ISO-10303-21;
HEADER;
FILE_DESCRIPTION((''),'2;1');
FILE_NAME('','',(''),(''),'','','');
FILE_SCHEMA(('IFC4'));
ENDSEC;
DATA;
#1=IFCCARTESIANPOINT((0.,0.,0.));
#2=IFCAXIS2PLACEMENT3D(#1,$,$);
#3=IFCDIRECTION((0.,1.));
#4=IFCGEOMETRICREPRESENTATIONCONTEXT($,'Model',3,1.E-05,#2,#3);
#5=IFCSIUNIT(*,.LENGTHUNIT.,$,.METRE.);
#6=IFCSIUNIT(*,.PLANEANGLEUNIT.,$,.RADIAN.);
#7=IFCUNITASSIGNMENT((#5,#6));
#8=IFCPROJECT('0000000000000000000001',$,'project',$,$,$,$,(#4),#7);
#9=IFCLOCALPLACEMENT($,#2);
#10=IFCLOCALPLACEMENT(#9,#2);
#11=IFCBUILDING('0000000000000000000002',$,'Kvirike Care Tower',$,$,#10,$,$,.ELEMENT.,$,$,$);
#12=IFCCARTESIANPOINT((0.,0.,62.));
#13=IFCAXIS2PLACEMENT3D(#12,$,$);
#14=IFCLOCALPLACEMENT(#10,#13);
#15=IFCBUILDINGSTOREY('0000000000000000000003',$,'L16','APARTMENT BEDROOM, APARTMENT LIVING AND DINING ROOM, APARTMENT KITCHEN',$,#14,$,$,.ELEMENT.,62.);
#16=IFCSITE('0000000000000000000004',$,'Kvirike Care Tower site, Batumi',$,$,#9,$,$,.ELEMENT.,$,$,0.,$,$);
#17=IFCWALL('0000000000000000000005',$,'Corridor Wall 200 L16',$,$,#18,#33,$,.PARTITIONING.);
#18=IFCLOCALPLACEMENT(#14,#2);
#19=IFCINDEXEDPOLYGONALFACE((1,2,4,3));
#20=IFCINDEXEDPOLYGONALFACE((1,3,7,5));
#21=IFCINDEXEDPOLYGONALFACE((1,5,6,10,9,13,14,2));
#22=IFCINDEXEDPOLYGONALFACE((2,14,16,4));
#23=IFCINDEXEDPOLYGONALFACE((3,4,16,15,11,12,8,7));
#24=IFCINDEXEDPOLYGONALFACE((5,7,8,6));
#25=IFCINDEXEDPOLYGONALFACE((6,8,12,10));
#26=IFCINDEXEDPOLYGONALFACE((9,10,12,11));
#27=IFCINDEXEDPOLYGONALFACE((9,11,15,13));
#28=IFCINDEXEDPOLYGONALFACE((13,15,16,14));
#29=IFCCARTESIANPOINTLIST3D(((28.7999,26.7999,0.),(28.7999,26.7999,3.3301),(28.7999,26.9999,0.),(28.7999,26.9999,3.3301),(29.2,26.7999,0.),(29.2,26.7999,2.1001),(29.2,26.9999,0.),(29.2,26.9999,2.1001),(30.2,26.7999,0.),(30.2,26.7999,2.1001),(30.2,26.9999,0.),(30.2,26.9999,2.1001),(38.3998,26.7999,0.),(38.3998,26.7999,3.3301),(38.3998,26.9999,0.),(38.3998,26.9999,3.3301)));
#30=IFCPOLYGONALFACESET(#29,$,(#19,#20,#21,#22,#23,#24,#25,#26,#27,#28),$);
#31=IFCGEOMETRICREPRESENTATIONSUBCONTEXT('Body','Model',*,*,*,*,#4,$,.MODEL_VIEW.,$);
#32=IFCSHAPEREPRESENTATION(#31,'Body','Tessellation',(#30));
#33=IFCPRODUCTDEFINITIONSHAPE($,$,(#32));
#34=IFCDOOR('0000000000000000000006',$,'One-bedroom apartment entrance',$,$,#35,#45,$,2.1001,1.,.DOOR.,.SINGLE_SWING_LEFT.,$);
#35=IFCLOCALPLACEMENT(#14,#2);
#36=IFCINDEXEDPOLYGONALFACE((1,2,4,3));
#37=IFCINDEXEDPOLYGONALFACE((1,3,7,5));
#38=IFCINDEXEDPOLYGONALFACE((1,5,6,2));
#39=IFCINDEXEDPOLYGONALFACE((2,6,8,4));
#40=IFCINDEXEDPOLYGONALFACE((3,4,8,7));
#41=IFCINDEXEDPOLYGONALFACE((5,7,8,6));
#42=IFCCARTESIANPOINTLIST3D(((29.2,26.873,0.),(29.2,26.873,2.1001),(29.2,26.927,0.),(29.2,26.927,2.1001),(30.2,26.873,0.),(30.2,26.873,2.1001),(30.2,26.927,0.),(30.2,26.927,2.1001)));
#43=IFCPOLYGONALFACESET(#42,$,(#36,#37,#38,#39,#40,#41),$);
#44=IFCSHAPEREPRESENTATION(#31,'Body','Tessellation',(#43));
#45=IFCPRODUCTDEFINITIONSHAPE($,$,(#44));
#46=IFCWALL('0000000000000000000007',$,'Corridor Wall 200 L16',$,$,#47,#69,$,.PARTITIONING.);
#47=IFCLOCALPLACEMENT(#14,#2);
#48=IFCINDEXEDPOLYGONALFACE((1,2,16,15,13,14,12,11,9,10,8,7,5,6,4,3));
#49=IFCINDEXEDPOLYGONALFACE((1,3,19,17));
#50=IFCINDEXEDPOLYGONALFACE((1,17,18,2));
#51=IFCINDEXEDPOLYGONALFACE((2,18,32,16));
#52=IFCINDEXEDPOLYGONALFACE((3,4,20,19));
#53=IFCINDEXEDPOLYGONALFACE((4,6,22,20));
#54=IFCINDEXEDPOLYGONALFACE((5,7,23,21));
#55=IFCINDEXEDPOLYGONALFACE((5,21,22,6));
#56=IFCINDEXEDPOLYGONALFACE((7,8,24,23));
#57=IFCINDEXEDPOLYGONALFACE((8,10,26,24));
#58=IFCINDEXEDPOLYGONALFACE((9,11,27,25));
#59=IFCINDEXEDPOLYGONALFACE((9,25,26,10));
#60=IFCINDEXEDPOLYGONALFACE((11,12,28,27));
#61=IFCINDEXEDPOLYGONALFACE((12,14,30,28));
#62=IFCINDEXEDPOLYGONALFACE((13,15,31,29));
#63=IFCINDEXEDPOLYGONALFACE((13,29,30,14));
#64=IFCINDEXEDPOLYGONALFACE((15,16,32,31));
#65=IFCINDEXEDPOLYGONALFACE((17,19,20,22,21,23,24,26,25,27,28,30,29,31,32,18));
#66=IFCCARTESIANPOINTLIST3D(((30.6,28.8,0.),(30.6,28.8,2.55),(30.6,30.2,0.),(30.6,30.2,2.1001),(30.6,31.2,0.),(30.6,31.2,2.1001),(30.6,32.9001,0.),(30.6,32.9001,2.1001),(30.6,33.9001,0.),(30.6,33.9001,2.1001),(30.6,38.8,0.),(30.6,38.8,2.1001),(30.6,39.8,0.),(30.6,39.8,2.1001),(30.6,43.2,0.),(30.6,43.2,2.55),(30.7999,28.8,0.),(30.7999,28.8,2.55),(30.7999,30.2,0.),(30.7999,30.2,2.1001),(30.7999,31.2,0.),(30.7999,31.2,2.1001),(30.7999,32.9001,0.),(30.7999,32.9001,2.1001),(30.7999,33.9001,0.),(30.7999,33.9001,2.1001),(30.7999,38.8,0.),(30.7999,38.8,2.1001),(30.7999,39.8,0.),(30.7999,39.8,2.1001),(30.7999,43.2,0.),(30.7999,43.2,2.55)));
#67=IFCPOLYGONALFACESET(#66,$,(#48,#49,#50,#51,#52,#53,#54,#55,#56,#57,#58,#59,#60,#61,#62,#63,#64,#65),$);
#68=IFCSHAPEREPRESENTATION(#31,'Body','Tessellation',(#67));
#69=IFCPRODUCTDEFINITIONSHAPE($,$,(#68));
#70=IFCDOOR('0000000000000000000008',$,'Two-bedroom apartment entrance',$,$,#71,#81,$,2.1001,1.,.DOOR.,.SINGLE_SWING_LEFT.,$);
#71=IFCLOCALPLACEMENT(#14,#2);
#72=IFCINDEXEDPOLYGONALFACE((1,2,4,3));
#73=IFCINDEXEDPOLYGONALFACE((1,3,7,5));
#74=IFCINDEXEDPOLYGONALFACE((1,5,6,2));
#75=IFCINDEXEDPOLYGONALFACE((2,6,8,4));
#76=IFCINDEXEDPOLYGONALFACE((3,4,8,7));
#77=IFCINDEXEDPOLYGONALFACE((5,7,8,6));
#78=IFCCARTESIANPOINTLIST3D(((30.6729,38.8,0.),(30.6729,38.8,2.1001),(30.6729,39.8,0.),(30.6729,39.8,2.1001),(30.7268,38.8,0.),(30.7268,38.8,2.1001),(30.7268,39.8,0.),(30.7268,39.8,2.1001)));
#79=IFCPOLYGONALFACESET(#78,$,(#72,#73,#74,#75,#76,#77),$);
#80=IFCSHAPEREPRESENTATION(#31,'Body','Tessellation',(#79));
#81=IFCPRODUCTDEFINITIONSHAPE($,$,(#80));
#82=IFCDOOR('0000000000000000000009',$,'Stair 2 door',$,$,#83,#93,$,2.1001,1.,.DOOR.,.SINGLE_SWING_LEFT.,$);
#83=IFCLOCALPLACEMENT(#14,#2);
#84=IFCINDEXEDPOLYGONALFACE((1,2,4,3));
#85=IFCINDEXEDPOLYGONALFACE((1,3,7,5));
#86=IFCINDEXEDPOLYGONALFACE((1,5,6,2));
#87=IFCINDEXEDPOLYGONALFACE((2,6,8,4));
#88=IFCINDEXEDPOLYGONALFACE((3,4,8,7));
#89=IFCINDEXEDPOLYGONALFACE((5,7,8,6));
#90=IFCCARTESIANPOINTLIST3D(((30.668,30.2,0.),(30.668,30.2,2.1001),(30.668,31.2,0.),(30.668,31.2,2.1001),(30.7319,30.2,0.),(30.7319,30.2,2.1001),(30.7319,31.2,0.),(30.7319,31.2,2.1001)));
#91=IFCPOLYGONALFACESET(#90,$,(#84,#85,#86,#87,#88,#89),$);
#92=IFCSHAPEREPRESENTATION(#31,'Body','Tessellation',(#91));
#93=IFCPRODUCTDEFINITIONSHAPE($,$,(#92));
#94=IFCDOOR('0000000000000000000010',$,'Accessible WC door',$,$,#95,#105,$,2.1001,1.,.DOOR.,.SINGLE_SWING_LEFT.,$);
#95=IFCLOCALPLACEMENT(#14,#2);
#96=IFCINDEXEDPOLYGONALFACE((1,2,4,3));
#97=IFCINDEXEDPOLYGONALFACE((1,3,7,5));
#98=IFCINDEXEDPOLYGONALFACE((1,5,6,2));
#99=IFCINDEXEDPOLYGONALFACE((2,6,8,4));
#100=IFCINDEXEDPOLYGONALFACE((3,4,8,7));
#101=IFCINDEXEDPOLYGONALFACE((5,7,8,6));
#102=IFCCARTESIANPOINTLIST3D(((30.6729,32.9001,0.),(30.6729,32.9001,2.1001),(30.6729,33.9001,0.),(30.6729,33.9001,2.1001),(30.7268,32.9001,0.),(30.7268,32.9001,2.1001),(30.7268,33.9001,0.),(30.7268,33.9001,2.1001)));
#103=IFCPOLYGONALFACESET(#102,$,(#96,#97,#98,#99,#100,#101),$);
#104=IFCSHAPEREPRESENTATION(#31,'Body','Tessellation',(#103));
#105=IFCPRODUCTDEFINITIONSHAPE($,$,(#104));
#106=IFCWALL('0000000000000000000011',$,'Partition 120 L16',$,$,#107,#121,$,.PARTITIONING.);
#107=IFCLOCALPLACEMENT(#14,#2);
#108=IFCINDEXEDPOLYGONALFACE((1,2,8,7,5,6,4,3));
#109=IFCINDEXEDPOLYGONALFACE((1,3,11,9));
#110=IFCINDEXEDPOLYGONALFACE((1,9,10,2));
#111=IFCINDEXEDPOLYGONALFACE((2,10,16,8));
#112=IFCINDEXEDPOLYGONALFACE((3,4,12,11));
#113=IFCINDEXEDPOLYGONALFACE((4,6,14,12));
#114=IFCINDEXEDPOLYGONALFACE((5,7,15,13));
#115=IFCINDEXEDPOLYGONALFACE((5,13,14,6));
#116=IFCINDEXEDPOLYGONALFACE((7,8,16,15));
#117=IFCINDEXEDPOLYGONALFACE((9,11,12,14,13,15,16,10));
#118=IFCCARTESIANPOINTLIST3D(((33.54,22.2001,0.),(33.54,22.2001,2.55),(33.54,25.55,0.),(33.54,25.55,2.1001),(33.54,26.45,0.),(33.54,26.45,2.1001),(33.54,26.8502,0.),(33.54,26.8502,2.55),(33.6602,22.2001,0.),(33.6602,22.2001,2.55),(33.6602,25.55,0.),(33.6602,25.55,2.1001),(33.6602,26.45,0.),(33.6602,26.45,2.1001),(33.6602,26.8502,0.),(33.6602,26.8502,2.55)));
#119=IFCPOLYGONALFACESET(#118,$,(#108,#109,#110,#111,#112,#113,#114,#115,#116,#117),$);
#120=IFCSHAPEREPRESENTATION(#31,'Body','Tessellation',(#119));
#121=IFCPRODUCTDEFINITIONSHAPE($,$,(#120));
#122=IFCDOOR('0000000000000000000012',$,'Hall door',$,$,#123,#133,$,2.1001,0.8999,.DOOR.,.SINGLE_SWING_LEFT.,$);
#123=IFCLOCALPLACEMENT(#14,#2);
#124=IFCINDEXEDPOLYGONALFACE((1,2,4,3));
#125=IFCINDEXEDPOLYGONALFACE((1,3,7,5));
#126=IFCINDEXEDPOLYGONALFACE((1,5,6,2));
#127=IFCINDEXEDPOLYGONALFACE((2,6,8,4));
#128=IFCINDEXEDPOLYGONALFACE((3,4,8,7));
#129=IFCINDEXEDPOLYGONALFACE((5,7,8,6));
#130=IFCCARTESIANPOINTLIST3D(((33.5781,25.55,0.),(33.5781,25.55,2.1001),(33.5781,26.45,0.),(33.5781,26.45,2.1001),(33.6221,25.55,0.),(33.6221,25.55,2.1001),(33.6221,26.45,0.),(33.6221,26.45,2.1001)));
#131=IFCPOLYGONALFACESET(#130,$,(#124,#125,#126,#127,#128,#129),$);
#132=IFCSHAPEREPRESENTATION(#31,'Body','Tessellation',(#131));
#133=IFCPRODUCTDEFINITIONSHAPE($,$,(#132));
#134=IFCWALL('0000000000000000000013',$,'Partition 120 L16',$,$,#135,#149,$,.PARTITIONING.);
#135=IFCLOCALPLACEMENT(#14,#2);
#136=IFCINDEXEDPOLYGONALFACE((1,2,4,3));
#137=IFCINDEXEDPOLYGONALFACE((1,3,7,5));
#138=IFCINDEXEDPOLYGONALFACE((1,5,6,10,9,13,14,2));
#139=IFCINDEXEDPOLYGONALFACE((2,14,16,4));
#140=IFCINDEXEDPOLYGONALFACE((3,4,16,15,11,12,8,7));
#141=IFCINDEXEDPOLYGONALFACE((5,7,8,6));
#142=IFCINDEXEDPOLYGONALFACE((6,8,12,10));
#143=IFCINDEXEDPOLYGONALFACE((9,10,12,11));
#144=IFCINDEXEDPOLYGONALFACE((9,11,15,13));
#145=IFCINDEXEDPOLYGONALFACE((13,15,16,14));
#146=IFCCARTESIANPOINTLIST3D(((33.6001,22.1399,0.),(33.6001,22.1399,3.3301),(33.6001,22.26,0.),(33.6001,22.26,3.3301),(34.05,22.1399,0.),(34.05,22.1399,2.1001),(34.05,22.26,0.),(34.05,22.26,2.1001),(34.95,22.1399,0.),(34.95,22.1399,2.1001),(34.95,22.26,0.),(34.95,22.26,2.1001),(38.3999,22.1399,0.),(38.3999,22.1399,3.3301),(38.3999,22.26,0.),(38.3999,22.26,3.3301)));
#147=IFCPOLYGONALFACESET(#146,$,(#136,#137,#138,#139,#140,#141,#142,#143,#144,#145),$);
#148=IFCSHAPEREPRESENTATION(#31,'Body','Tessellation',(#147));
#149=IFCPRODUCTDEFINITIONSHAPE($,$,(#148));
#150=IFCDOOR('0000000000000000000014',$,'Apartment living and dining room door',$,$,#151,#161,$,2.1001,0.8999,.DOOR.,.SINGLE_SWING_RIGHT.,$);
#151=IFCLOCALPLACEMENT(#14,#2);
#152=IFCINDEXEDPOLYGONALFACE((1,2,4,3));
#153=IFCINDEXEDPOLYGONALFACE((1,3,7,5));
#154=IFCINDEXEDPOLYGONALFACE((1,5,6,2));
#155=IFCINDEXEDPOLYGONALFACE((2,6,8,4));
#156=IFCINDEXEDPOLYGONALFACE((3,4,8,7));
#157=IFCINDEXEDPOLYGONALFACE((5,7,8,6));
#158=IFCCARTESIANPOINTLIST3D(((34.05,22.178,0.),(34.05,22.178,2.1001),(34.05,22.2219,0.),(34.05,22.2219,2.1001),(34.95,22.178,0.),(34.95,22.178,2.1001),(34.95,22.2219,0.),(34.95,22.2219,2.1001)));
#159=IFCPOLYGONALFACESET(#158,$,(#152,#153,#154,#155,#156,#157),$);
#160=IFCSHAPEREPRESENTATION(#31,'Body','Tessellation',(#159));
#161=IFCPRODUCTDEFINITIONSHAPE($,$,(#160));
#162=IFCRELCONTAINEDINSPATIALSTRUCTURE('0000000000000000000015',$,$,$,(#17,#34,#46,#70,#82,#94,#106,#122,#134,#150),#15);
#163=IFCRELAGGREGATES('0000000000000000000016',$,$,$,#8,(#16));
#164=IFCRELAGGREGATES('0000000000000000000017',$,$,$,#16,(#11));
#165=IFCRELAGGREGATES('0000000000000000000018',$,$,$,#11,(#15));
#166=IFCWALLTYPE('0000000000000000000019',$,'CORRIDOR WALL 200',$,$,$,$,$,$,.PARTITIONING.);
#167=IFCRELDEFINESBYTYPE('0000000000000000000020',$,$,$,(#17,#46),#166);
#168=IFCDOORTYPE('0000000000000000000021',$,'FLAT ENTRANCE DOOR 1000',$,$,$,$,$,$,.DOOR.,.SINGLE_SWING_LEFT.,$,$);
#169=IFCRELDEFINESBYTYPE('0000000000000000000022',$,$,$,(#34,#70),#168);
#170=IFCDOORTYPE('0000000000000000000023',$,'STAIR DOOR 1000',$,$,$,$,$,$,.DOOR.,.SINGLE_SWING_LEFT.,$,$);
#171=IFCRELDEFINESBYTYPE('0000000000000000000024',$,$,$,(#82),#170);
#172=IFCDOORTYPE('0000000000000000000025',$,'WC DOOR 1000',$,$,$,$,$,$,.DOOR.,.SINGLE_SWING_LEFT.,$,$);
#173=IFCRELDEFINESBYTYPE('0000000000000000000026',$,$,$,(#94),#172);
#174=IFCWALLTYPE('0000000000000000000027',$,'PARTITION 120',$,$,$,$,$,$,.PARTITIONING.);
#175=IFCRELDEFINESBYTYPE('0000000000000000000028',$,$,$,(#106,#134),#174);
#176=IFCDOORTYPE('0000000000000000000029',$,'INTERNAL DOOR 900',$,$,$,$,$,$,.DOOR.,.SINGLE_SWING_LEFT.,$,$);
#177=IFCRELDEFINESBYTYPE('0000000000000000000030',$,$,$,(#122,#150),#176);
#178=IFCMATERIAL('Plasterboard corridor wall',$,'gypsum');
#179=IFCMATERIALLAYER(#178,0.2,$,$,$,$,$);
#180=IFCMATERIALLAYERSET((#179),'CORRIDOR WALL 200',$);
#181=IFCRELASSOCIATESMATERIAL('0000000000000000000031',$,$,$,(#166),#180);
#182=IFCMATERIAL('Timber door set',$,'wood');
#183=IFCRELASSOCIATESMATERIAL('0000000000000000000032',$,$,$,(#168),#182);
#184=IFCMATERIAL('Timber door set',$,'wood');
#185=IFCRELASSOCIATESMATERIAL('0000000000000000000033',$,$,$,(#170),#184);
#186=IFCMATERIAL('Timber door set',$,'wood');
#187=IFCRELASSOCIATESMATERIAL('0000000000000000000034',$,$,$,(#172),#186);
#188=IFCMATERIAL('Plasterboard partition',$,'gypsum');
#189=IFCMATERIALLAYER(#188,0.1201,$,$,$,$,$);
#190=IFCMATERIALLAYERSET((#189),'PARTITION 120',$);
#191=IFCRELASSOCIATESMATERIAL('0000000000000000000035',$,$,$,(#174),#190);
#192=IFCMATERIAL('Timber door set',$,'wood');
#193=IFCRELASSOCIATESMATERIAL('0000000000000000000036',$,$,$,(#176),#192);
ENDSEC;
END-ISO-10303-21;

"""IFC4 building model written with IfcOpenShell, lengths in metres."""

from ifc_helpers import new_model, si_unit, direction, frame, frame_2d, origin, place, context, subcontext, project, spatial, rectangle, extrude, material, layer, layer_set, type_object, element, fill, save


model = new_model("IFC4")

# Units and contexts
model_context = context("Model", 3, precision=1e-05, world=origin(), true_north=direction((0.0, 1.0)))
body_context = subcontext(model_context, "Body", "Model", "MODEL_VIEW")
ifc_project = project(units=[si_unit("LENGTHUNIT", "METRE"), si_unit("PLANEANGLEUNIT", "RADIAN")], contexts=[model_context])

# Site, building, storey
site_placement = place(None, origin())
site = spatial("IfcSite", under=ifc_project, at=site_placement, Name="Kvirike Care Tower site, Batumi", CompositionType="ELEMENT", RefElevation=0.0)
building_placement = place(site_placement, origin())
building = spatial("IfcBuilding", under=site, at=building_placement, Name="Kvirike Care Tower", CompositionType="ELEMENT")
storey_placement = place(building_placement, frame((0.0, 0.0, 62.0)))
storey = spatial("IfcBuildingStorey", under=building, at=storey_placement, Name="L16", Description="APARTMENT BEDROOM, APARTMENT LIVING AND DINING ROOM, APARTMENT KITCHEN", CompositionType="ELEMENT", Elevation=62.0)

# Wall, opening, door
ifc_material_1 = material(Name="Plasterboard corridor wall", Category="gypsum")
ifc_layer_1 = layer(ifc_material_1, 0.2)
ifc_layer_set_1 = layer_set([ifc_layer_1], Name="CORRIDOR WALL 200")
wall_type_1 = type_object("IfcWallType", Name="CORRIDOR WALL 200", PredefinedType="PARTITIONING", material=ifc_layer_set_1)
wall_1_placement = place(storey_placement, frame((28.8, 26.8999, 0.0), z_axis=(0.0, 0.0, 1.0), x_axis=(1.0, 0.0, 0.0)))
wall_1 = element("IfcWall", 1, at=wall_1_placement, inside=storey, type_object=wall_type_1, Name="Corridor Wall 200 L16", PredefinedType="PARTITIONING", context=body_context, shape_type="SweptSolid", body=[
    extrude(rectangle(XDim=9.5999, YDim=0.2, at=frame_2d((4.7998, 0.0))), origin(), (0.0, 0.0, 1.0), 3.3301),
])
opening_1_placement = place(wall_1_placement, frame((0.3999, 0.0, 0.0)))
opening_1 = element("IfcOpeningElement", 2, at=opening_1_placement, cuts=wall_1, PredefinedType="OPENING", context=body_context, shape_type="SweptSolid", body=[
    extrude(rectangle(XDim=1.0, YDim=2.1001, at=frame_2d((0.5, 1.05))), frame((0.0, 0.1106, 0.0), z_axis=(0.0, -1.0, 0.0), x_axis=(1.0, 0.0, 0.0)), (0.0, 0.0, 1.0), 0.2209),
])
ifc_material_2 = material(Name="Timber door set", Category="wood")
door_type_1 = type_object("IfcDoorType", Name="FLAT ENTRANCE DOOR 1000", OperationType="SINGLE_SWING_LEFT", PredefinedType="DOOR", material=ifc_material_2)
door_1_placement = place(opening_1_placement, frame((1.0, 0.0, 0.0), z_axis=(0.0, 0.0, 1.0), x_axis=(-1.0, 0.0, 0.0)))
door_1 = element("IfcDoor", 3, at=door_1_placement, inside=storey, type_object=door_type_1, Name="One-bedroom apartment entrance", OperationType="SINGLE_SWING_LEFT", OverallHeight=2.1001, OverallWidth=1.0, PredefinedType="DOOR", context=body_context, shape_type="SweptSolid", body=[
    extrude(rectangle(XDim=1.0, YDim=2.1001, at=frame_2d((0.5, 1.05))), frame((0.0, 0.0269, 0.0), z_axis=(0.0, -1.0, 0.0), x_axis=(1.0, 0.0, 0.0)), (0.0, 0.0, 1.0), 0.054),
])
fill(opening_1, door_1)

# Wall, openings, doors
wall_2_placement = place(storey_placement, frame((30.7, 28.8, 0.0), z_axis=(0.0, 0.0, 1.0), x_axis=(0.0, 1.0, 0.0)))
wall_2 = element("IfcWall", 4, at=wall_2_placement, inside=storey, type_object=wall_type_1, Name="Corridor Wall 200 L16", PredefinedType="PARTITIONING", context=body_context, shape_type="SweptSolid", body=[
    extrude(rectangle(XDim=14.3999, YDim=0.2, at=frame_2d((7.2, 0.0))), origin(), (0.0, 0.0, 1.0), 2.55),
])
opening_2_placement = place(wall_2_placement, frame((1.3999, 0.0, 0.0)))
opening_2 = element("IfcOpeningElement", 5, at=opening_2_placement, cuts=wall_2, PredefinedType="OPENING", context=body_context, shape_type="SweptSolid", body=[
    extrude(rectangle(XDim=1.0, YDim=2.1001, at=frame_2d((0.5, 1.05))), frame((0.0, 0.1106, 0.0), z_axis=(0.0, -1.0, 0.0), x_axis=(1.0, 0.0, 0.0)), (0.0, 0.0, 1.0), 0.2209),
])
opening_3_placement = place(wall_2_placement, frame((4.1001, 0.0, 0.0)))
opening_3 = element("IfcOpeningElement", 6, at=opening_3_placement, cuts=wall_2, PredefinedType="OPENING", context=body_context, shape_type="SweptSolid", body=[
    extrude(rectangle(XDim=1.0, YDim=2.1001, at=frame_2d((0.5, 1.05))), frame((0.0, 0.1106, 0.0), z_axis=(0.0, -1.0, 0.0), x_axis=(1.0, 0.0, 0.0)), (0.0, 0.0, 1.0), 0.2209),
])
opening_4_placement = place(wall_2_placement, frame((10.0, 0.0, 0.0)))
opening_4 = element("IfcOpeningElement", 7, at=opening_4_placement, cuts=wall_2, PredefinedType="OPENING", context=body_context, shape_type="SweptSolid", body=[
    extrude(rectangle(XDim=1.0, YDim=2.1001, at=frame_2d((0.5, 1.05))), frame((0.0, 0.1106, 0.0), z_axis=(0.0, -1.0, 0.0), x_axis=(1.0, 0.0, 0.0)), (0.0, 0.0, 1.0), 0.2209),
])
door_2_placement = place(opening_4_placement, frame((1.0, 0.0, 0.0), z_axis=(0.0, 0.0, 1.0), x_axis=(-1.0, 0.0, 0.0)))
door_2 = element("IfcDoor", 8, at=door_2_placement, inside=storey, type_object=door_type_1, Name="Two-bedroom apartment entrance", OperationType="SINGLE_SWING_LEFT", OverallHeight=2.1001, OverallWidth=1.0, PredefinedType="DOOR", context=body_context, shape_type="SweptSolid", body=[
    extrude(rectangle(XDim=1.0, YDim=2.1001, at=frame_2d((0.5, 1.05))), frame((0.0, 0.0269, 0.0), z_axis=(0.0, -1.0, 0.0), x_axis=(1.0, 0.0, 0.0)), (0.0, 0.0, 1.0), 0.054),
])
fill(opening_4, door_2)
ifc_material_3 = material(Name="Timber door set", Category="wood")
door_type_2 = type_object("IfcDoorType", Name="STAIR DOOR 1000", OperationType="SINGLE_SWING_LEFT", PredefinedType="DOOR", material=ifc_material_3)
door_3_placement = place(opening_2_placement, frame((1.0, 0.0, 0.0), z_axis=(0.0, 0.0, 1.0), x_axis=(-1.0, 0.0, 0.0)))
door_3 = element("IfcDoor", 9, at=door_3_placement, inside=storey, type_object=door_type_2, Name="Stair 2 door", OperationType="SINGLE_SWING_LEFT", OverallHeight=2.1001, OverallWidth=1.0, PredefinedType="DOOR", context=body_context, shape_type="SweptSolid", body=[
    extrude(rectangle(XDim=1.0, YDim=2.1001, at=frame_2d((0.5, 1.05))), frame((0.0, 0.032, 0.0), z_axis=(0.0, -1.0, 0.0), x_axis=(1.0, 0.0, 0.0)), (0.0, 0.0, 1.0), 0.064),
])
fill(opening_2, door_3)
ifc_material_4 = material(Name="Timber door set", Category="wood")
door_type_3 = type_object("IfcDoorType", Name="WC DOOR 1000", OperationType="SINGLE_SWING_LEFT", PredefinedType="DOOR", material=ifc_material_4)
door_4_placement = place(opening_3_placement, frame((1.0, 0.0, 0.0), z_axis=(0.0, 0.0, 1.0), x_axis=(-1.0, 0.0, 0.0)))
door_4 = element("IfcDoor", 10, at=door_4_placement, inside=storey, type_object=door_type_3, Name="Accessible WC door", OperationType="SINGLE_SWING_LEFT", OverallHeight=2.1001, OverallWidth=1.0, PredefinedType="DOOR", context=body_context, shape_type="SweptSolid", body=[
    extrude(rectangle(XDim=1.0, YDim=2.1001, at=frame_2d((0.5, 1.05))), frame((0.0, 0.0269, 0.0), z_axis=(0.0, -1.0, 0.0), x_axis=(1.0, 0.0, 0.0)), (0.0, 0.0, 1.0), 0.054),
])
fill(opening_3, door_4)

# Walls, openings, doors
ifc_material_5 = material(Name="Plasterboard partition", Category="gypsum")
ifc_layer_2 = layer(ifc_material_5, 0.1201)
ifc_layer_set_2 = layer_set([ifc_layer_2], Name="PARTITION 120")
wall_type_2 = type_object("IfcWallType", Name="PARTITION 120", PredefinedType="PARTITIONING", material=ifc_layer_set_2)
wall_3_placement = place(storey_placement, frame((33.6001, 22.2, 0.0), z_axis=(0.0, 0.0, 1.0), x_axis=(0.0, 1.0, 0.0)))
wall_3 = element("IfcWall", 11, at=wall_3_placement, inside=storey, type_object=wall_type_2, Name="Partition 120 L16", PredefinedType="PARTITIONING", context=body_context, shape_type="SweptSolid", body=[
    extrude(rectangle(XDim=4.6501, YDim=0.1201, at=frame_2d((2.3252, 0.0))), origin(), (0.0, 0.0, 1.0), 2.55),
])
opening_5_placement = place(wall_3_placement, frame((3.3501, 0.0, 0.0)))
opening_5 = element("IfcOpeningElement", 12, at=opening_5_placement, cuts=wall_3, PredefinedType="OPENING", context=body_context, shape_type="SweptSolid", body=[
    extrude(rectangle(XDim=0.8999, YDim=2.1001, at=frame_2d((0.45, 1.05))), frame((0.0, 0.0706, 0.0), z_axis=(0.0, -1.0, 0.0), x_axis=(1.0, 0.0, 0.0)), (0.0, 0.0, 1.0), 0.1411),
])
ifc_material_6 = material(Name="Timber door set", Category="wood")
door_type_4 = type_object("IfcDoorType", Name="INTERNAL DOOR 900", OperationType="SINGLE_SWING_LEFT", PredefinedType="DOOR", material=ifc_material_6)
door_5_placement = place(opening_5_placement, origin())
door_5 = element("IfcDoor", 13, at=door_5_placement, inside=storey, type_object=door_type_4, Name="Hall door", OperationType="SINGLE_SWING_LEFT", OverallHeight=2.1001, OverallWidth=0.8999, PredefinedType="DOOR", context=body_context, shape_type="SweptSolid", body=[
    extrude(rectangle(XDim=0.8999, YDim=2.1001, at=frame_2d((0.45, 1.05))), frame((0.0, 0.022, 0.0), z_axis=(0.0, -1.0, 0.0), x_axis=(1.0, 0.0, 0.0)), (0.0, 0.0, 1.0), 0.0439),
])
fill(opening_5, door_5)
wall_4_placement = place(storey_placement, frame((33.6001, 22.2, 0.0), z_axis=(0.0, 0.0, 1.0), x_axis=(1.0, 0.0, 0.0)))
wall_4 = element("IfcWall", 14, at=wall_4_placement, inside=storey, type_object=wall_type_2, Name="Partition 120 L16", PredefinedType="PARTITIONING", context=body_context, shape_type="SweptSolid", body=[
    extrude(rectangle(XDim=4.7998, YDim=0.1201, at=frame_2d((2.3999, 0.0))), origin(), (0.0, 0.0, 1.0), 3.3301),
])
opening_6_placement = place(wall_4_placement, frame((0.45, 0.0, 0.0)))
opening_6 = element("IfcOpeningElement", 15, at=opening_6_placement, cuts=wall_4, PredefinedType="OPENING", context=body_context, shape_type="SweptSolid", body=[
    extrude(rectangle(XDim=0.8999, YDim=2.1001, at=frame_2d((0.45, 1.05))), frame((0.0, 0.0706, 0.0), z_axis=(0.0, -1.0, 0.0), x_axis=(1.0, 0.0, 0.0)), (0.0, 0.0, 1.0), 0.1411),
])
door_6_placement = place(opening_6_placement, origin())
door_6 = element("IfcDoor", 16, at=door_6_placement, inside=storey, type_object=door_type_4, Name="Apartment living and dining room door", OperationType="SINGLE_SWING_RIGHT", OverallHeight=2.1001, OverallWidth=0.8999, PredefinedType="DOOR", context=body_context, shape_type="SweptSolid", body=[
    extrude(rectangle(XDim=0.8999, YDim=2.1001, at=frame_2d((0.45, 1.05))), frame((0.0, 0.022, 0.0), z_axis=(0.0, -1.0, 0.0), x_axis=(1.0, 0.0, 0.0)), (0.0, 0.0, 1.0), 0.0439),
])
fill(opening_6, door_6)

save(model, "model.ifc")
